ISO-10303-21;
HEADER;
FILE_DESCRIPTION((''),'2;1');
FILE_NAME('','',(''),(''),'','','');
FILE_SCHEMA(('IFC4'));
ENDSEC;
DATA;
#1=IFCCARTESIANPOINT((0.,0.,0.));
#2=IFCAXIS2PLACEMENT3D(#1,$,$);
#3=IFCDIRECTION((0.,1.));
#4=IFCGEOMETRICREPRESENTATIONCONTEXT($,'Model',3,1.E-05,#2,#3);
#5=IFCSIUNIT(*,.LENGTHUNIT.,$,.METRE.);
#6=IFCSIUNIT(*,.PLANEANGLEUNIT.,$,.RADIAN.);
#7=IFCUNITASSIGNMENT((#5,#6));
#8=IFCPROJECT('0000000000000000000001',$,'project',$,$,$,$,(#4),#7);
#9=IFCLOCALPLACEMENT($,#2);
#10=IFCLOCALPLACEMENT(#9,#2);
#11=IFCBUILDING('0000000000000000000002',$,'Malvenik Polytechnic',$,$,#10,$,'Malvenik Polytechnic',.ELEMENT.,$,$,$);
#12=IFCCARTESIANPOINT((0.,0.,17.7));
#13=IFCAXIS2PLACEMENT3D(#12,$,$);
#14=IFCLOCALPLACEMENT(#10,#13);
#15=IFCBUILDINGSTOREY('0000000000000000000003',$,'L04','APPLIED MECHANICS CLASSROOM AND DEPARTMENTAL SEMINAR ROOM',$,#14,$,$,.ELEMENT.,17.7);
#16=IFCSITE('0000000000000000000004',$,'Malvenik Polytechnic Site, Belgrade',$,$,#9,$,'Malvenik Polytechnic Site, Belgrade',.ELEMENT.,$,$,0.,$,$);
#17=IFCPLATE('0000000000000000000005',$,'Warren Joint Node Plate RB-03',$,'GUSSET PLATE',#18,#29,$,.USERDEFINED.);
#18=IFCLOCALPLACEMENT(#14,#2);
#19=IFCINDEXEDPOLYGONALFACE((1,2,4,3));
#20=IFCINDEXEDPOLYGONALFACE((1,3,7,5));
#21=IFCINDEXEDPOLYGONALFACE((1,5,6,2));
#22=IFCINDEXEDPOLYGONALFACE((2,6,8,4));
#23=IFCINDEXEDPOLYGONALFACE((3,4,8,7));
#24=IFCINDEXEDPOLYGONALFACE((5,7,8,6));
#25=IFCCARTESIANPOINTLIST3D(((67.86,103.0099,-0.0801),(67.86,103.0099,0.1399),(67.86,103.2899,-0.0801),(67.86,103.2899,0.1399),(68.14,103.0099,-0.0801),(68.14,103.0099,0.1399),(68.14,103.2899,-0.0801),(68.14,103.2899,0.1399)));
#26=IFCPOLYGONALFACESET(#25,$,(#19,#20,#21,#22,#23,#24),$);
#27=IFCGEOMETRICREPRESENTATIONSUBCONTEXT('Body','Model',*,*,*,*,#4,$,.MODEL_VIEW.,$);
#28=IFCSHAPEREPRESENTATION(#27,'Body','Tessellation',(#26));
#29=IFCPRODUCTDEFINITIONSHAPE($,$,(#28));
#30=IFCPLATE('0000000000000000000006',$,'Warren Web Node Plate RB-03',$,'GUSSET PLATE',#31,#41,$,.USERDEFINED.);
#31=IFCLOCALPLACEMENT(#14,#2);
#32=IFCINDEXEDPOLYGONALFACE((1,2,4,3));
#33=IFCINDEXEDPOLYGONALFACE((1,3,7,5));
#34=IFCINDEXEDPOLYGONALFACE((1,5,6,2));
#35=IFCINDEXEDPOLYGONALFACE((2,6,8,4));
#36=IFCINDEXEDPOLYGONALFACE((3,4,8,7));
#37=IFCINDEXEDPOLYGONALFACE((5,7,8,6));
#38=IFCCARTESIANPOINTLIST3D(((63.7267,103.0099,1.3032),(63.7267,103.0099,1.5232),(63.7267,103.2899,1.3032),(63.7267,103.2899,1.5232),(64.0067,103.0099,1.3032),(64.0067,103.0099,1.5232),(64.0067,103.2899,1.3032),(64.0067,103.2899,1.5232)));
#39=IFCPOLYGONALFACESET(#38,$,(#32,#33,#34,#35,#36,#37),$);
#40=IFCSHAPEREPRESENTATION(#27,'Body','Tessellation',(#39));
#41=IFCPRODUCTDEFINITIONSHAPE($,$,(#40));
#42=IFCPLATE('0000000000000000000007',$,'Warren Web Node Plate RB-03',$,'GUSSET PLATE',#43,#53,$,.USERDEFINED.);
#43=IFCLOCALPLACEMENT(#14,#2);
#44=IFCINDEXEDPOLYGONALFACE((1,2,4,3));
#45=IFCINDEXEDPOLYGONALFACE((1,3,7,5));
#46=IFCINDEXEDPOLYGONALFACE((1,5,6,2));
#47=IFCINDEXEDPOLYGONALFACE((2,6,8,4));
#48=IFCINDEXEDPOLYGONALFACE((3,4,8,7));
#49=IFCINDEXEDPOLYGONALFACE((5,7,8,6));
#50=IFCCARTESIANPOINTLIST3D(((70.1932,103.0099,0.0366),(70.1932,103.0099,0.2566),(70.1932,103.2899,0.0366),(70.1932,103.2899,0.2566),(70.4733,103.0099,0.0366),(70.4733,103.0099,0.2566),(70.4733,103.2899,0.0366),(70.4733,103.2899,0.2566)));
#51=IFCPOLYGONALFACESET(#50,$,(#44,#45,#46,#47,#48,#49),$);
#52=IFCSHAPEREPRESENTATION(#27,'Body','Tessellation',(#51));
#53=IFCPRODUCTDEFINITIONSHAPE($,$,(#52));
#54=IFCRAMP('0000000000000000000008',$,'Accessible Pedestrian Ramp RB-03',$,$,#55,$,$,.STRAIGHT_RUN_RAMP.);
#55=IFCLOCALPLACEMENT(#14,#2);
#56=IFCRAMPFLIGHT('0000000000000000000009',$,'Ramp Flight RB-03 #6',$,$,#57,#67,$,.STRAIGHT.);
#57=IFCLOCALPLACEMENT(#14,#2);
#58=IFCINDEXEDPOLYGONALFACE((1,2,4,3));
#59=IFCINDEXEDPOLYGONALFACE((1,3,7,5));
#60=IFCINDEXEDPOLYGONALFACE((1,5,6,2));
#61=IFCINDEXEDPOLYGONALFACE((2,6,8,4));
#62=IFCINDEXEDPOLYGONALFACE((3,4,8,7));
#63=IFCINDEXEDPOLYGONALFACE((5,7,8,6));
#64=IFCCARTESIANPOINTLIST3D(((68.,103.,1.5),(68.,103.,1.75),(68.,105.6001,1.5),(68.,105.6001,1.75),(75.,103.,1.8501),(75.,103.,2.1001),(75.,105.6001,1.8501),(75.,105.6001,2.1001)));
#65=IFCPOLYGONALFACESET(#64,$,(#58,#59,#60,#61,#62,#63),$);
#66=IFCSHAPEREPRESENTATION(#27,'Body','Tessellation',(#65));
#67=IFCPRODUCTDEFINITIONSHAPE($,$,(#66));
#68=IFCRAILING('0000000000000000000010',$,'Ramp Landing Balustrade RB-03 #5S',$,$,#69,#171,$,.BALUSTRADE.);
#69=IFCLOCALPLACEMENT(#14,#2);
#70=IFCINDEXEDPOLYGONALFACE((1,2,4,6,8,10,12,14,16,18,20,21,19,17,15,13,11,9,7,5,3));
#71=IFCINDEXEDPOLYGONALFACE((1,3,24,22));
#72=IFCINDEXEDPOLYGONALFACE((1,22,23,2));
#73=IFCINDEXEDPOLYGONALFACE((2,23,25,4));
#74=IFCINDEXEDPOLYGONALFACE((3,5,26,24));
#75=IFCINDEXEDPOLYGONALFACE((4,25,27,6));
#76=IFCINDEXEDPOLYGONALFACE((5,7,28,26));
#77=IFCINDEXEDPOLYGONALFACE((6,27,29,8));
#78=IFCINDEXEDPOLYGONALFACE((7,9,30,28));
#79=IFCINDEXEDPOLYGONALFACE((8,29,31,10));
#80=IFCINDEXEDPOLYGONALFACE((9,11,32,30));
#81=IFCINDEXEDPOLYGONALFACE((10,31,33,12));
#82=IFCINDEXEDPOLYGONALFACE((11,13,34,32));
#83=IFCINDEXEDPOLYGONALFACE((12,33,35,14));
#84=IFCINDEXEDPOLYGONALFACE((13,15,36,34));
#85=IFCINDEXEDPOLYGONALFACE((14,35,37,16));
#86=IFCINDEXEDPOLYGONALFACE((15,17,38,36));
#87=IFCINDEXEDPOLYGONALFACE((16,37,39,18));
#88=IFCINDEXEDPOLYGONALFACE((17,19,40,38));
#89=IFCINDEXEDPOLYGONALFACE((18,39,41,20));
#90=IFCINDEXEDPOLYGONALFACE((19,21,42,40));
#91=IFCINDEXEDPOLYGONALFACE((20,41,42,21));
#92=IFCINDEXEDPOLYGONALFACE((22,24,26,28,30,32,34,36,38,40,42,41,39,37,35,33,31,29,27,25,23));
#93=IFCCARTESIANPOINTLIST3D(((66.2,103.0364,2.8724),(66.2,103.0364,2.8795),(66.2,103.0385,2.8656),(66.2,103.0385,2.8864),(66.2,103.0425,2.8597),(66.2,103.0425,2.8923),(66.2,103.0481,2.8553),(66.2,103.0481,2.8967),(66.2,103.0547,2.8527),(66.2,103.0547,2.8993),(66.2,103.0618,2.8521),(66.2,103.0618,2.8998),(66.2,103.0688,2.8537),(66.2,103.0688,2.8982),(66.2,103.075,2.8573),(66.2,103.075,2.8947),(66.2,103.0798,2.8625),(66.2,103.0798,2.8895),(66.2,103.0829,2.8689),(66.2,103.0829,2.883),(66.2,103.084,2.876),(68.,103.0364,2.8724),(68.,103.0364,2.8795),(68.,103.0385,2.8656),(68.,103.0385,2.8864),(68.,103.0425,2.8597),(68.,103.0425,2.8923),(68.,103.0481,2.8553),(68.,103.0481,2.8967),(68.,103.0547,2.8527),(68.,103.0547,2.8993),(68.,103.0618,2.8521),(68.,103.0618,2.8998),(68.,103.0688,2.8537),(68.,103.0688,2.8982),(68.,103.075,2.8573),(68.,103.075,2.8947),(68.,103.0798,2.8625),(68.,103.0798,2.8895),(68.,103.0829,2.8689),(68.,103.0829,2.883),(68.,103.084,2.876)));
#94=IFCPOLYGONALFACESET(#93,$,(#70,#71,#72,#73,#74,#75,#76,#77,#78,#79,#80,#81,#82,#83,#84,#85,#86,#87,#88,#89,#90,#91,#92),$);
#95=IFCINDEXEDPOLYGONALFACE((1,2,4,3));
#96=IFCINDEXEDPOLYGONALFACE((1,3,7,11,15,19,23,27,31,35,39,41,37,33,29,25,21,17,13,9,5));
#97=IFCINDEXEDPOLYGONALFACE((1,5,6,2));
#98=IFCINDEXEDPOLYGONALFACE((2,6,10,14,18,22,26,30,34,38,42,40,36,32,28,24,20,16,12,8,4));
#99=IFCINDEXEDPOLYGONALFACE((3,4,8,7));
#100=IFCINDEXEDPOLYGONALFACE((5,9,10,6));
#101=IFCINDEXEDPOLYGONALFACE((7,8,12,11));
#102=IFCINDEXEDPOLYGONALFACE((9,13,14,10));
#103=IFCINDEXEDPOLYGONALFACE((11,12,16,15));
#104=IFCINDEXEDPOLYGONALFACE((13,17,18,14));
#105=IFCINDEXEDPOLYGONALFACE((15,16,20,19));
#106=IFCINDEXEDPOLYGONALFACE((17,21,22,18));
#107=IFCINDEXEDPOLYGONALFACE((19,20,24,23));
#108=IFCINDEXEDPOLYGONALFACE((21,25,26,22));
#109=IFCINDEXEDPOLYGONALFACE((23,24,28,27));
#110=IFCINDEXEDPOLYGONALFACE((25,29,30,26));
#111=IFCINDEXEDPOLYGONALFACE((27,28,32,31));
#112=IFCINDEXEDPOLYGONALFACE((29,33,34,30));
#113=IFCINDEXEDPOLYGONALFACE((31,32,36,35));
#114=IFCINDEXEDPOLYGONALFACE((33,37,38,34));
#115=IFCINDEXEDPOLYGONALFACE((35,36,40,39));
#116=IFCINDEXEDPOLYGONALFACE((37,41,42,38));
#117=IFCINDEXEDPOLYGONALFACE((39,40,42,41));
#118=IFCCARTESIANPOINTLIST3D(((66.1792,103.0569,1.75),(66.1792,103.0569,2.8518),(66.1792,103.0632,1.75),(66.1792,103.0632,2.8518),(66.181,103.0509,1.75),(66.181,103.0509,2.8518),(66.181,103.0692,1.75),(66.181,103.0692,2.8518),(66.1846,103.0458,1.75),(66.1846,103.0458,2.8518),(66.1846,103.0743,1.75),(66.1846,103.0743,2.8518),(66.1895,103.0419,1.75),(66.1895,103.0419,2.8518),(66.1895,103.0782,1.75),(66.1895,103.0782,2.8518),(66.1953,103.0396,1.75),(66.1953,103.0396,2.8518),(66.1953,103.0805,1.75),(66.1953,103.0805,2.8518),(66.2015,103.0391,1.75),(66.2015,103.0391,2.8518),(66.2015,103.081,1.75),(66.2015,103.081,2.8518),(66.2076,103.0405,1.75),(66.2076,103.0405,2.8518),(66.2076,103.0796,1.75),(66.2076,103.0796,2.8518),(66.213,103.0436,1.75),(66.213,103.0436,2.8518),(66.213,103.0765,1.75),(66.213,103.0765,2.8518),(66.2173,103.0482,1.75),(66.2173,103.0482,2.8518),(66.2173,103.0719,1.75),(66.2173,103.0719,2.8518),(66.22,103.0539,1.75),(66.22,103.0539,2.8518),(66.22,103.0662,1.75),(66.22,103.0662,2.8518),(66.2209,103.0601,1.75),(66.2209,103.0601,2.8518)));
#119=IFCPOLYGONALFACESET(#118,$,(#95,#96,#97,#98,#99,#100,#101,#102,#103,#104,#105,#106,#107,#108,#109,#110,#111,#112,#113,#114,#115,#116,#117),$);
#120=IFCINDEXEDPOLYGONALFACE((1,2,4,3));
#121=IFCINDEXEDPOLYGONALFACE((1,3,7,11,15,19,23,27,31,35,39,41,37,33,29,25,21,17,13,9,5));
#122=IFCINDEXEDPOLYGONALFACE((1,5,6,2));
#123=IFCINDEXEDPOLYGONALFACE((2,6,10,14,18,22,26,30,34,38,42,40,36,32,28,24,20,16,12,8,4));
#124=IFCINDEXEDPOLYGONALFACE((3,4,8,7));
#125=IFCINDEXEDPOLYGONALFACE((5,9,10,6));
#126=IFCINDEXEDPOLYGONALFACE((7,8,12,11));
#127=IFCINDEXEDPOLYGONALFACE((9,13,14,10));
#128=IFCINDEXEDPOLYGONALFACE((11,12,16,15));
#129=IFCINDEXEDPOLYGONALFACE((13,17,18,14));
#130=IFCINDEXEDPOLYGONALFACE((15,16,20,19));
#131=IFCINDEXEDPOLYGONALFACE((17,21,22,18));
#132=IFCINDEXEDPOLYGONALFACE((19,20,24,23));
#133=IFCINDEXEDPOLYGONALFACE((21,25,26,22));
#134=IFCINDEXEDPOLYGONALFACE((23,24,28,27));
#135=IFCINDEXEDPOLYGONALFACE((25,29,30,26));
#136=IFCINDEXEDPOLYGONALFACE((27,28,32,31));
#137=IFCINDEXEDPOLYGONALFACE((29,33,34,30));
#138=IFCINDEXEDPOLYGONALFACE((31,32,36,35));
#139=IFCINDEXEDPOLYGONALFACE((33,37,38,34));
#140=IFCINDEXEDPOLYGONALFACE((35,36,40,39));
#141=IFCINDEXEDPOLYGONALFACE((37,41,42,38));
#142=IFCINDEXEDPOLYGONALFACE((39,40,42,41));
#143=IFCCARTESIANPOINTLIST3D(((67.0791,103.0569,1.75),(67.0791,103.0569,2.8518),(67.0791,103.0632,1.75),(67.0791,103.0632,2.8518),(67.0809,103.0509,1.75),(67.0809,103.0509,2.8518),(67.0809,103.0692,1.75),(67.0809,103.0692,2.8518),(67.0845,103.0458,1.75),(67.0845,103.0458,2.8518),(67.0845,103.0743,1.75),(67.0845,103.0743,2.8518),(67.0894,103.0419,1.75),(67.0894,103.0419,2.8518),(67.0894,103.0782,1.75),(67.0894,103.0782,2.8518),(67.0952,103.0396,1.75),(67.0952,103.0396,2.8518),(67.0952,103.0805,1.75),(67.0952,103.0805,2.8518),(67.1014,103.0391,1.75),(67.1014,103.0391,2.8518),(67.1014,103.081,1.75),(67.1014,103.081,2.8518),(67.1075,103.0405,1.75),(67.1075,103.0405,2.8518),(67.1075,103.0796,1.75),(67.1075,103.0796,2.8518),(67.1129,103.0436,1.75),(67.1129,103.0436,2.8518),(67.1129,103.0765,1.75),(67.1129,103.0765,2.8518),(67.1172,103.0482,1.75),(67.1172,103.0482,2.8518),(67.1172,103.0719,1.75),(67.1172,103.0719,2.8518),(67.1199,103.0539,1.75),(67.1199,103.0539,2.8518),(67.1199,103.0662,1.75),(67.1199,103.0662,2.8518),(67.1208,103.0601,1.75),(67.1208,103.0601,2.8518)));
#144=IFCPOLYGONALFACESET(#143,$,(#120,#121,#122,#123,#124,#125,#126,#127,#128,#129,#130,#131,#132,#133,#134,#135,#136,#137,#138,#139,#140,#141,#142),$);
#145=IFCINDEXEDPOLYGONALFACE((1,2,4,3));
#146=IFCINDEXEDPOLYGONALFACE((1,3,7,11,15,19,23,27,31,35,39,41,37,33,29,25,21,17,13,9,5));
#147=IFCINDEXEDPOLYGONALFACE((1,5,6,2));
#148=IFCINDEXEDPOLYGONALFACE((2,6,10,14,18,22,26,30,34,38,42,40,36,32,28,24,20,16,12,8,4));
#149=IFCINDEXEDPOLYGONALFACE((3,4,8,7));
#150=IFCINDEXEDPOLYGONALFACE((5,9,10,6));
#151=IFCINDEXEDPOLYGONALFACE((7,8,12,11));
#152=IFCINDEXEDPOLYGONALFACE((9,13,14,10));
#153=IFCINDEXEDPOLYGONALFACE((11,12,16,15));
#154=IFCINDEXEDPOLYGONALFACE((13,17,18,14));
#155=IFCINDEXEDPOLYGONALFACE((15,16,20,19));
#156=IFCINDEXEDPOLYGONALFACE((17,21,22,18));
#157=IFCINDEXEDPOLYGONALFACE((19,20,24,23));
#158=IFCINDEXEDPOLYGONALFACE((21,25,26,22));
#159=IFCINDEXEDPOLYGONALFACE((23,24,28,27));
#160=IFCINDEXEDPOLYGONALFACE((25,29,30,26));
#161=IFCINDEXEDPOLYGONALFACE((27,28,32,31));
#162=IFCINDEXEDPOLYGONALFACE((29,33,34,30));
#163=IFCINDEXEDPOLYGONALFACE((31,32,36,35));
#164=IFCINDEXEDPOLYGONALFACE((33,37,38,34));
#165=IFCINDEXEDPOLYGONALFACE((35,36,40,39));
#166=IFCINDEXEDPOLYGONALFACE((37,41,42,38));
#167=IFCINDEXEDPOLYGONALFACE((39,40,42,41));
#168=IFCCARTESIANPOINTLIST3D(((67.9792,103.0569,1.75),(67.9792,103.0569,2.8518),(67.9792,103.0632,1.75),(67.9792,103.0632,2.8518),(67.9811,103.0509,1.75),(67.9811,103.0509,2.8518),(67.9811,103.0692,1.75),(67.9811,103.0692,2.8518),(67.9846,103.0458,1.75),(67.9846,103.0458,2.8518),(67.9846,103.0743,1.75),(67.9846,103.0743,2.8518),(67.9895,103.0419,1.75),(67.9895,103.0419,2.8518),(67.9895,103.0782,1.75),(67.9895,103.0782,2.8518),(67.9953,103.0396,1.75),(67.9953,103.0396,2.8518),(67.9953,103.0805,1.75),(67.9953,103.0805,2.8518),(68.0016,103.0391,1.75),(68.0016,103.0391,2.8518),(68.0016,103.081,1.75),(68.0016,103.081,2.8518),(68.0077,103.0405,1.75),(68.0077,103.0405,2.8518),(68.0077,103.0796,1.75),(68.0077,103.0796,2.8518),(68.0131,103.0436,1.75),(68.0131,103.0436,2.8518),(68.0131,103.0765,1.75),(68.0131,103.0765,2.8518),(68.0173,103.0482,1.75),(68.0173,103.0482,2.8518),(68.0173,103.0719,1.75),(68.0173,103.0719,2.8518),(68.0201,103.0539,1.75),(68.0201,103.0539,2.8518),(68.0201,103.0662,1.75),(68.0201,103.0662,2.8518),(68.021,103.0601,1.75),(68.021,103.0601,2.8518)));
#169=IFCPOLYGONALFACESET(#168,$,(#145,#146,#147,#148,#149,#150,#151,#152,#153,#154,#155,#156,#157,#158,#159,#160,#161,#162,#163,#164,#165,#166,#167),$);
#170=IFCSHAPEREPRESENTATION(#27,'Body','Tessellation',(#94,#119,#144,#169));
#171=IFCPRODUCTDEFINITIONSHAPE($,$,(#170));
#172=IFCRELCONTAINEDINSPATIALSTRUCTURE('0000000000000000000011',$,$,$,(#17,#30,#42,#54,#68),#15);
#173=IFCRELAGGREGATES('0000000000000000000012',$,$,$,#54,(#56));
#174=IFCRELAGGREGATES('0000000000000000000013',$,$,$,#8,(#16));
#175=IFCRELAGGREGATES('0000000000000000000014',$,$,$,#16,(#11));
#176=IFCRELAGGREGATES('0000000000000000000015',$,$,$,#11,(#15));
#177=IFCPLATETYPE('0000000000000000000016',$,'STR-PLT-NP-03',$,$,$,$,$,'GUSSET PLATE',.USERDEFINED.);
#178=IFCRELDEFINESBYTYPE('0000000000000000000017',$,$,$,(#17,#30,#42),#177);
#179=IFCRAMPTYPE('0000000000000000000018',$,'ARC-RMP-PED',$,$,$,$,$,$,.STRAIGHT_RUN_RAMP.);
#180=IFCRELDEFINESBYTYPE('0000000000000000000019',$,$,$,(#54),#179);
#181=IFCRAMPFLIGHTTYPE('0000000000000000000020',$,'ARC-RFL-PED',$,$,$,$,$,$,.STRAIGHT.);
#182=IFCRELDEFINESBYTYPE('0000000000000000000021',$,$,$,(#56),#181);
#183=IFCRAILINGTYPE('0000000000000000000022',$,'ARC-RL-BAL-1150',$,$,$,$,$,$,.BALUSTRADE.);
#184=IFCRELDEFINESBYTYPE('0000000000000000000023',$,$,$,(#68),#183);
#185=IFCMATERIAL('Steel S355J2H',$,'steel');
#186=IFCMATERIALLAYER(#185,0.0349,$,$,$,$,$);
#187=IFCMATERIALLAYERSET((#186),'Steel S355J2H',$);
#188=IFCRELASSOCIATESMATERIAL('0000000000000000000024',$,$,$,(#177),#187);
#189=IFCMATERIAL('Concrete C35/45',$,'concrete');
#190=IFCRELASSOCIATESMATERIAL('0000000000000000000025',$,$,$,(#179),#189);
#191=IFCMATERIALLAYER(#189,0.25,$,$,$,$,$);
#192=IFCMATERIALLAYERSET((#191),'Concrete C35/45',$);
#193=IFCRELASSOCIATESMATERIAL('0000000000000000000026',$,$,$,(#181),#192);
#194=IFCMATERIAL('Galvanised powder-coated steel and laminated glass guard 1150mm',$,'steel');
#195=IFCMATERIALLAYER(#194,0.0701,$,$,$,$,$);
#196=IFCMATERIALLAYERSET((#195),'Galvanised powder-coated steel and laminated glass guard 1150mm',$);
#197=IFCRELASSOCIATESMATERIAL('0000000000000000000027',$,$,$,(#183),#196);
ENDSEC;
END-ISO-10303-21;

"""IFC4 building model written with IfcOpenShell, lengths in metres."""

from ifc_helpers import new_model, si_unit, direction, frame, origin, origin_2d, place, context, subcontext, project, spatial, polyline, rectangle, circle, outline, extrude, material, layer, layer_set, type_object, element, aggregate, save


model = new_model("IFC4")

# Units and contexts
model_context = context("Model", 3, precision=1e-05, world=origin(), true_north=direction((0.0, 1.0)))
body_context = subcontext(model_context, "Body", "Model", "MODEL_VIEW")
ifc_project = project(units=[si_unit("LENGTHUNIT", "METRE"), si_unit("PLANEANGLEUNIT", "RADIAN")], contexts=[model_context])

# Site, building, storey
site_placement = place(None, origin())
site = spatial("IfcSite", under=ifc_project, at=site_placement, Name="Malvenik Polytechnic Site, Belgrade", LongName="Malvenik Polytechnic Site, Belgrade", CompositionType="ELEMENT", RefElevation=0.0)
building_placement = place(site_placement, origin())
building = spatial("IfcBuilding", under=site, at=building_placement, Name="Malvenik Polytechnic", LongName="Malvenik Polytechnic", CompositionType="ELEMENT")
storey_placement = place(building_placement, frame((0.0, 0.0, 17.7)))
storey = spatial("IfcBuildingStorey", under=building, at=storey_placement, Name="L04", Description="APPLIED MECHANICS CLASSROOM AND DEPARTMENTAL SEMINAR ROOM", CompositionType="ELEMENT", Elevation=17.7)

# Shared definitions
ifc_material_1 = material(Name="Concrete C35/45", Category="concrete")
ifc_material_2 = material(Name="Steel S355J2H", Category="steel")

# Plates
ifc_layer_1 = layer(ifc_material_2, 0.0349)
ifc_layer_set_1 = layer_set([ifc_layer_1], Name="Steel S355J2H")
plate_type = type_object("IfcPlateType", Name="STR-PLT-NP-03", ElementType="GUSSET PLATE", PredefinedType="USERDEFINED", material=ifc_layer_set_1)
for number, where, z_axis, x_axis, name in (
    (1, (68.0, 103.1499, -0.0801), (0.0, 0.0, 1.0), (1.0, 0.0, 0.0), "Warren Joint Node Plate RB-03"),
    (2, (63.8667, 103.1499, 1.3032), (0.0, 0.0, 1.0), (1.0, 0.0, 0.0), "Warren Web Node Plate RB-03"),
    (3, (70.3333, 103.1499, 0.0366), (0.0, 0.0, 1.0), (1.0, 0.0, 0.0), "Warren Web Node Plate RB-03"),
):
    element("IfcPlate", number, at=place(storey_placement, frame(where, z_axis=z_axis, x_axis=x_axis)), inside=storey, type_object=plate_type, Name=name, ObjectType="GUSSET PLATE", PredefinedType="USERDEFINED", context=body_context, shape_type="SweptSolid", body=[
        extrude(rectangle(XDim=0.28, YDim=0.28, at=origin_2d()), origin(), (0.0, 0.0, 1.0), 0.22),
    ])

# Ramp, ramp flight
ramp_type = type_object("IfcRampType", Name="ARC-RMP-PED", PredefinedType="STRAIGHT_RUN_RAMP", material=ifc_material_1)
ramp_placement = place(storey_placement, origin())
ramp = element("IfcRamp", 4, at=ramp_placement, inside=storey, type_object=ramp_type, Name="Accessible Pedestrian Ramp RB-03", PredefinedType="STRAIGHT_RUN_RAMP")
ifc_layer_2 = layer(ifc_material_1, 0.25)
ifc_layer_set_2 = layer_set([ifc_layer_2], Name="Concrete C35/45")
ramp_flight_type = type_object("IfcRampFlightType", Name="ARC-RFL-PED", PredefinedType="STRAIGHT", material=ifc_layer_set_2)
ramp_flight_placement = place(storey_placement, frame((68.0, 104.3, 1.75), z_axis=(0.0, 0.0, 1.0), x_axis=(1.0, 0.0, 0.0)))
ramp_flight = element("IfcRampFlight", 5, at=ramp_flight_placement, type_object=ramp_flight_type, Name="Ramp Flight RB-03 #6", PredefinedType="STRAIGHT", context=body_context, shape_type="SweptSolid", body=[
    extrude(outline(polyline([(0.0, -0.25), (7.0, 0.1001), (7.0, 0.3501), (0.0, 0.0), (0.0, -0.25)])), frame((0.0, 1.3, 0.0), z_axis=(0.0, -1.0, 0.0), x_axis=(1.0, 0.0, 0.0)), (0.0, 0.0, 1.0), 2.6001),
])
aggregate(ramp, [ramp_flight])

# Railing
ifc_material_3 = material(Name="Galvanised powder-coated steel and laminated glass guard 1150mm", Category="steel")
ifc_layer_3 = layer(ifc_material_3, 0.0701)
ifc_layer_set_3 = layer_set([ifc_layer_3], Name="Galvanised powder-coated steel and laminated glass guard 1150mm")
railing_type_1 = type_object("IfcRailingType", Name="ARC-RL-BAL-1150", PredefinedType="BALUSTRADE", material=ifc_layer_set_3)
railing_1_placement = place(storey_placement, frame((66.2, 103.0601, 1.75)))
element("IfcRailing", 6, at=railing_1_placement, inside=storey, type_object=railing_type_1, Name="Ramp Landing Balustrade RB-03 #5S", PredefinedType="BALUSTRADE", context=body_context, shape_type="SweptSolid", body=[
    extrude(circle(Radius=0.0239, at=origin_2d()), frame((0.0, 0.0, 1.126), z_axis=(1.0, 0.0, 0.0), x_axis=(0.0, 1.0, 0.0)), (0.0, 0.0, 1.0), 1.8),
    extrude(circle(Radius=0.021, at=origin_2d()), origin(), (0.0, 0.0, 1.0), 1.1018),
    extrude(circle(Radius=0.021, at=origin_2d()), frame((0.8999, 0.0, 0.0)), (0.0, 0.0, 1.0), 1.1018),
    extrude(circle(Radius=0.021, at=origin_2d()), frame((1.8, 0.0, 0.0)), (0.0, 0.0, 1.0), 1.1018),
])

save(model, "model.ifc")
